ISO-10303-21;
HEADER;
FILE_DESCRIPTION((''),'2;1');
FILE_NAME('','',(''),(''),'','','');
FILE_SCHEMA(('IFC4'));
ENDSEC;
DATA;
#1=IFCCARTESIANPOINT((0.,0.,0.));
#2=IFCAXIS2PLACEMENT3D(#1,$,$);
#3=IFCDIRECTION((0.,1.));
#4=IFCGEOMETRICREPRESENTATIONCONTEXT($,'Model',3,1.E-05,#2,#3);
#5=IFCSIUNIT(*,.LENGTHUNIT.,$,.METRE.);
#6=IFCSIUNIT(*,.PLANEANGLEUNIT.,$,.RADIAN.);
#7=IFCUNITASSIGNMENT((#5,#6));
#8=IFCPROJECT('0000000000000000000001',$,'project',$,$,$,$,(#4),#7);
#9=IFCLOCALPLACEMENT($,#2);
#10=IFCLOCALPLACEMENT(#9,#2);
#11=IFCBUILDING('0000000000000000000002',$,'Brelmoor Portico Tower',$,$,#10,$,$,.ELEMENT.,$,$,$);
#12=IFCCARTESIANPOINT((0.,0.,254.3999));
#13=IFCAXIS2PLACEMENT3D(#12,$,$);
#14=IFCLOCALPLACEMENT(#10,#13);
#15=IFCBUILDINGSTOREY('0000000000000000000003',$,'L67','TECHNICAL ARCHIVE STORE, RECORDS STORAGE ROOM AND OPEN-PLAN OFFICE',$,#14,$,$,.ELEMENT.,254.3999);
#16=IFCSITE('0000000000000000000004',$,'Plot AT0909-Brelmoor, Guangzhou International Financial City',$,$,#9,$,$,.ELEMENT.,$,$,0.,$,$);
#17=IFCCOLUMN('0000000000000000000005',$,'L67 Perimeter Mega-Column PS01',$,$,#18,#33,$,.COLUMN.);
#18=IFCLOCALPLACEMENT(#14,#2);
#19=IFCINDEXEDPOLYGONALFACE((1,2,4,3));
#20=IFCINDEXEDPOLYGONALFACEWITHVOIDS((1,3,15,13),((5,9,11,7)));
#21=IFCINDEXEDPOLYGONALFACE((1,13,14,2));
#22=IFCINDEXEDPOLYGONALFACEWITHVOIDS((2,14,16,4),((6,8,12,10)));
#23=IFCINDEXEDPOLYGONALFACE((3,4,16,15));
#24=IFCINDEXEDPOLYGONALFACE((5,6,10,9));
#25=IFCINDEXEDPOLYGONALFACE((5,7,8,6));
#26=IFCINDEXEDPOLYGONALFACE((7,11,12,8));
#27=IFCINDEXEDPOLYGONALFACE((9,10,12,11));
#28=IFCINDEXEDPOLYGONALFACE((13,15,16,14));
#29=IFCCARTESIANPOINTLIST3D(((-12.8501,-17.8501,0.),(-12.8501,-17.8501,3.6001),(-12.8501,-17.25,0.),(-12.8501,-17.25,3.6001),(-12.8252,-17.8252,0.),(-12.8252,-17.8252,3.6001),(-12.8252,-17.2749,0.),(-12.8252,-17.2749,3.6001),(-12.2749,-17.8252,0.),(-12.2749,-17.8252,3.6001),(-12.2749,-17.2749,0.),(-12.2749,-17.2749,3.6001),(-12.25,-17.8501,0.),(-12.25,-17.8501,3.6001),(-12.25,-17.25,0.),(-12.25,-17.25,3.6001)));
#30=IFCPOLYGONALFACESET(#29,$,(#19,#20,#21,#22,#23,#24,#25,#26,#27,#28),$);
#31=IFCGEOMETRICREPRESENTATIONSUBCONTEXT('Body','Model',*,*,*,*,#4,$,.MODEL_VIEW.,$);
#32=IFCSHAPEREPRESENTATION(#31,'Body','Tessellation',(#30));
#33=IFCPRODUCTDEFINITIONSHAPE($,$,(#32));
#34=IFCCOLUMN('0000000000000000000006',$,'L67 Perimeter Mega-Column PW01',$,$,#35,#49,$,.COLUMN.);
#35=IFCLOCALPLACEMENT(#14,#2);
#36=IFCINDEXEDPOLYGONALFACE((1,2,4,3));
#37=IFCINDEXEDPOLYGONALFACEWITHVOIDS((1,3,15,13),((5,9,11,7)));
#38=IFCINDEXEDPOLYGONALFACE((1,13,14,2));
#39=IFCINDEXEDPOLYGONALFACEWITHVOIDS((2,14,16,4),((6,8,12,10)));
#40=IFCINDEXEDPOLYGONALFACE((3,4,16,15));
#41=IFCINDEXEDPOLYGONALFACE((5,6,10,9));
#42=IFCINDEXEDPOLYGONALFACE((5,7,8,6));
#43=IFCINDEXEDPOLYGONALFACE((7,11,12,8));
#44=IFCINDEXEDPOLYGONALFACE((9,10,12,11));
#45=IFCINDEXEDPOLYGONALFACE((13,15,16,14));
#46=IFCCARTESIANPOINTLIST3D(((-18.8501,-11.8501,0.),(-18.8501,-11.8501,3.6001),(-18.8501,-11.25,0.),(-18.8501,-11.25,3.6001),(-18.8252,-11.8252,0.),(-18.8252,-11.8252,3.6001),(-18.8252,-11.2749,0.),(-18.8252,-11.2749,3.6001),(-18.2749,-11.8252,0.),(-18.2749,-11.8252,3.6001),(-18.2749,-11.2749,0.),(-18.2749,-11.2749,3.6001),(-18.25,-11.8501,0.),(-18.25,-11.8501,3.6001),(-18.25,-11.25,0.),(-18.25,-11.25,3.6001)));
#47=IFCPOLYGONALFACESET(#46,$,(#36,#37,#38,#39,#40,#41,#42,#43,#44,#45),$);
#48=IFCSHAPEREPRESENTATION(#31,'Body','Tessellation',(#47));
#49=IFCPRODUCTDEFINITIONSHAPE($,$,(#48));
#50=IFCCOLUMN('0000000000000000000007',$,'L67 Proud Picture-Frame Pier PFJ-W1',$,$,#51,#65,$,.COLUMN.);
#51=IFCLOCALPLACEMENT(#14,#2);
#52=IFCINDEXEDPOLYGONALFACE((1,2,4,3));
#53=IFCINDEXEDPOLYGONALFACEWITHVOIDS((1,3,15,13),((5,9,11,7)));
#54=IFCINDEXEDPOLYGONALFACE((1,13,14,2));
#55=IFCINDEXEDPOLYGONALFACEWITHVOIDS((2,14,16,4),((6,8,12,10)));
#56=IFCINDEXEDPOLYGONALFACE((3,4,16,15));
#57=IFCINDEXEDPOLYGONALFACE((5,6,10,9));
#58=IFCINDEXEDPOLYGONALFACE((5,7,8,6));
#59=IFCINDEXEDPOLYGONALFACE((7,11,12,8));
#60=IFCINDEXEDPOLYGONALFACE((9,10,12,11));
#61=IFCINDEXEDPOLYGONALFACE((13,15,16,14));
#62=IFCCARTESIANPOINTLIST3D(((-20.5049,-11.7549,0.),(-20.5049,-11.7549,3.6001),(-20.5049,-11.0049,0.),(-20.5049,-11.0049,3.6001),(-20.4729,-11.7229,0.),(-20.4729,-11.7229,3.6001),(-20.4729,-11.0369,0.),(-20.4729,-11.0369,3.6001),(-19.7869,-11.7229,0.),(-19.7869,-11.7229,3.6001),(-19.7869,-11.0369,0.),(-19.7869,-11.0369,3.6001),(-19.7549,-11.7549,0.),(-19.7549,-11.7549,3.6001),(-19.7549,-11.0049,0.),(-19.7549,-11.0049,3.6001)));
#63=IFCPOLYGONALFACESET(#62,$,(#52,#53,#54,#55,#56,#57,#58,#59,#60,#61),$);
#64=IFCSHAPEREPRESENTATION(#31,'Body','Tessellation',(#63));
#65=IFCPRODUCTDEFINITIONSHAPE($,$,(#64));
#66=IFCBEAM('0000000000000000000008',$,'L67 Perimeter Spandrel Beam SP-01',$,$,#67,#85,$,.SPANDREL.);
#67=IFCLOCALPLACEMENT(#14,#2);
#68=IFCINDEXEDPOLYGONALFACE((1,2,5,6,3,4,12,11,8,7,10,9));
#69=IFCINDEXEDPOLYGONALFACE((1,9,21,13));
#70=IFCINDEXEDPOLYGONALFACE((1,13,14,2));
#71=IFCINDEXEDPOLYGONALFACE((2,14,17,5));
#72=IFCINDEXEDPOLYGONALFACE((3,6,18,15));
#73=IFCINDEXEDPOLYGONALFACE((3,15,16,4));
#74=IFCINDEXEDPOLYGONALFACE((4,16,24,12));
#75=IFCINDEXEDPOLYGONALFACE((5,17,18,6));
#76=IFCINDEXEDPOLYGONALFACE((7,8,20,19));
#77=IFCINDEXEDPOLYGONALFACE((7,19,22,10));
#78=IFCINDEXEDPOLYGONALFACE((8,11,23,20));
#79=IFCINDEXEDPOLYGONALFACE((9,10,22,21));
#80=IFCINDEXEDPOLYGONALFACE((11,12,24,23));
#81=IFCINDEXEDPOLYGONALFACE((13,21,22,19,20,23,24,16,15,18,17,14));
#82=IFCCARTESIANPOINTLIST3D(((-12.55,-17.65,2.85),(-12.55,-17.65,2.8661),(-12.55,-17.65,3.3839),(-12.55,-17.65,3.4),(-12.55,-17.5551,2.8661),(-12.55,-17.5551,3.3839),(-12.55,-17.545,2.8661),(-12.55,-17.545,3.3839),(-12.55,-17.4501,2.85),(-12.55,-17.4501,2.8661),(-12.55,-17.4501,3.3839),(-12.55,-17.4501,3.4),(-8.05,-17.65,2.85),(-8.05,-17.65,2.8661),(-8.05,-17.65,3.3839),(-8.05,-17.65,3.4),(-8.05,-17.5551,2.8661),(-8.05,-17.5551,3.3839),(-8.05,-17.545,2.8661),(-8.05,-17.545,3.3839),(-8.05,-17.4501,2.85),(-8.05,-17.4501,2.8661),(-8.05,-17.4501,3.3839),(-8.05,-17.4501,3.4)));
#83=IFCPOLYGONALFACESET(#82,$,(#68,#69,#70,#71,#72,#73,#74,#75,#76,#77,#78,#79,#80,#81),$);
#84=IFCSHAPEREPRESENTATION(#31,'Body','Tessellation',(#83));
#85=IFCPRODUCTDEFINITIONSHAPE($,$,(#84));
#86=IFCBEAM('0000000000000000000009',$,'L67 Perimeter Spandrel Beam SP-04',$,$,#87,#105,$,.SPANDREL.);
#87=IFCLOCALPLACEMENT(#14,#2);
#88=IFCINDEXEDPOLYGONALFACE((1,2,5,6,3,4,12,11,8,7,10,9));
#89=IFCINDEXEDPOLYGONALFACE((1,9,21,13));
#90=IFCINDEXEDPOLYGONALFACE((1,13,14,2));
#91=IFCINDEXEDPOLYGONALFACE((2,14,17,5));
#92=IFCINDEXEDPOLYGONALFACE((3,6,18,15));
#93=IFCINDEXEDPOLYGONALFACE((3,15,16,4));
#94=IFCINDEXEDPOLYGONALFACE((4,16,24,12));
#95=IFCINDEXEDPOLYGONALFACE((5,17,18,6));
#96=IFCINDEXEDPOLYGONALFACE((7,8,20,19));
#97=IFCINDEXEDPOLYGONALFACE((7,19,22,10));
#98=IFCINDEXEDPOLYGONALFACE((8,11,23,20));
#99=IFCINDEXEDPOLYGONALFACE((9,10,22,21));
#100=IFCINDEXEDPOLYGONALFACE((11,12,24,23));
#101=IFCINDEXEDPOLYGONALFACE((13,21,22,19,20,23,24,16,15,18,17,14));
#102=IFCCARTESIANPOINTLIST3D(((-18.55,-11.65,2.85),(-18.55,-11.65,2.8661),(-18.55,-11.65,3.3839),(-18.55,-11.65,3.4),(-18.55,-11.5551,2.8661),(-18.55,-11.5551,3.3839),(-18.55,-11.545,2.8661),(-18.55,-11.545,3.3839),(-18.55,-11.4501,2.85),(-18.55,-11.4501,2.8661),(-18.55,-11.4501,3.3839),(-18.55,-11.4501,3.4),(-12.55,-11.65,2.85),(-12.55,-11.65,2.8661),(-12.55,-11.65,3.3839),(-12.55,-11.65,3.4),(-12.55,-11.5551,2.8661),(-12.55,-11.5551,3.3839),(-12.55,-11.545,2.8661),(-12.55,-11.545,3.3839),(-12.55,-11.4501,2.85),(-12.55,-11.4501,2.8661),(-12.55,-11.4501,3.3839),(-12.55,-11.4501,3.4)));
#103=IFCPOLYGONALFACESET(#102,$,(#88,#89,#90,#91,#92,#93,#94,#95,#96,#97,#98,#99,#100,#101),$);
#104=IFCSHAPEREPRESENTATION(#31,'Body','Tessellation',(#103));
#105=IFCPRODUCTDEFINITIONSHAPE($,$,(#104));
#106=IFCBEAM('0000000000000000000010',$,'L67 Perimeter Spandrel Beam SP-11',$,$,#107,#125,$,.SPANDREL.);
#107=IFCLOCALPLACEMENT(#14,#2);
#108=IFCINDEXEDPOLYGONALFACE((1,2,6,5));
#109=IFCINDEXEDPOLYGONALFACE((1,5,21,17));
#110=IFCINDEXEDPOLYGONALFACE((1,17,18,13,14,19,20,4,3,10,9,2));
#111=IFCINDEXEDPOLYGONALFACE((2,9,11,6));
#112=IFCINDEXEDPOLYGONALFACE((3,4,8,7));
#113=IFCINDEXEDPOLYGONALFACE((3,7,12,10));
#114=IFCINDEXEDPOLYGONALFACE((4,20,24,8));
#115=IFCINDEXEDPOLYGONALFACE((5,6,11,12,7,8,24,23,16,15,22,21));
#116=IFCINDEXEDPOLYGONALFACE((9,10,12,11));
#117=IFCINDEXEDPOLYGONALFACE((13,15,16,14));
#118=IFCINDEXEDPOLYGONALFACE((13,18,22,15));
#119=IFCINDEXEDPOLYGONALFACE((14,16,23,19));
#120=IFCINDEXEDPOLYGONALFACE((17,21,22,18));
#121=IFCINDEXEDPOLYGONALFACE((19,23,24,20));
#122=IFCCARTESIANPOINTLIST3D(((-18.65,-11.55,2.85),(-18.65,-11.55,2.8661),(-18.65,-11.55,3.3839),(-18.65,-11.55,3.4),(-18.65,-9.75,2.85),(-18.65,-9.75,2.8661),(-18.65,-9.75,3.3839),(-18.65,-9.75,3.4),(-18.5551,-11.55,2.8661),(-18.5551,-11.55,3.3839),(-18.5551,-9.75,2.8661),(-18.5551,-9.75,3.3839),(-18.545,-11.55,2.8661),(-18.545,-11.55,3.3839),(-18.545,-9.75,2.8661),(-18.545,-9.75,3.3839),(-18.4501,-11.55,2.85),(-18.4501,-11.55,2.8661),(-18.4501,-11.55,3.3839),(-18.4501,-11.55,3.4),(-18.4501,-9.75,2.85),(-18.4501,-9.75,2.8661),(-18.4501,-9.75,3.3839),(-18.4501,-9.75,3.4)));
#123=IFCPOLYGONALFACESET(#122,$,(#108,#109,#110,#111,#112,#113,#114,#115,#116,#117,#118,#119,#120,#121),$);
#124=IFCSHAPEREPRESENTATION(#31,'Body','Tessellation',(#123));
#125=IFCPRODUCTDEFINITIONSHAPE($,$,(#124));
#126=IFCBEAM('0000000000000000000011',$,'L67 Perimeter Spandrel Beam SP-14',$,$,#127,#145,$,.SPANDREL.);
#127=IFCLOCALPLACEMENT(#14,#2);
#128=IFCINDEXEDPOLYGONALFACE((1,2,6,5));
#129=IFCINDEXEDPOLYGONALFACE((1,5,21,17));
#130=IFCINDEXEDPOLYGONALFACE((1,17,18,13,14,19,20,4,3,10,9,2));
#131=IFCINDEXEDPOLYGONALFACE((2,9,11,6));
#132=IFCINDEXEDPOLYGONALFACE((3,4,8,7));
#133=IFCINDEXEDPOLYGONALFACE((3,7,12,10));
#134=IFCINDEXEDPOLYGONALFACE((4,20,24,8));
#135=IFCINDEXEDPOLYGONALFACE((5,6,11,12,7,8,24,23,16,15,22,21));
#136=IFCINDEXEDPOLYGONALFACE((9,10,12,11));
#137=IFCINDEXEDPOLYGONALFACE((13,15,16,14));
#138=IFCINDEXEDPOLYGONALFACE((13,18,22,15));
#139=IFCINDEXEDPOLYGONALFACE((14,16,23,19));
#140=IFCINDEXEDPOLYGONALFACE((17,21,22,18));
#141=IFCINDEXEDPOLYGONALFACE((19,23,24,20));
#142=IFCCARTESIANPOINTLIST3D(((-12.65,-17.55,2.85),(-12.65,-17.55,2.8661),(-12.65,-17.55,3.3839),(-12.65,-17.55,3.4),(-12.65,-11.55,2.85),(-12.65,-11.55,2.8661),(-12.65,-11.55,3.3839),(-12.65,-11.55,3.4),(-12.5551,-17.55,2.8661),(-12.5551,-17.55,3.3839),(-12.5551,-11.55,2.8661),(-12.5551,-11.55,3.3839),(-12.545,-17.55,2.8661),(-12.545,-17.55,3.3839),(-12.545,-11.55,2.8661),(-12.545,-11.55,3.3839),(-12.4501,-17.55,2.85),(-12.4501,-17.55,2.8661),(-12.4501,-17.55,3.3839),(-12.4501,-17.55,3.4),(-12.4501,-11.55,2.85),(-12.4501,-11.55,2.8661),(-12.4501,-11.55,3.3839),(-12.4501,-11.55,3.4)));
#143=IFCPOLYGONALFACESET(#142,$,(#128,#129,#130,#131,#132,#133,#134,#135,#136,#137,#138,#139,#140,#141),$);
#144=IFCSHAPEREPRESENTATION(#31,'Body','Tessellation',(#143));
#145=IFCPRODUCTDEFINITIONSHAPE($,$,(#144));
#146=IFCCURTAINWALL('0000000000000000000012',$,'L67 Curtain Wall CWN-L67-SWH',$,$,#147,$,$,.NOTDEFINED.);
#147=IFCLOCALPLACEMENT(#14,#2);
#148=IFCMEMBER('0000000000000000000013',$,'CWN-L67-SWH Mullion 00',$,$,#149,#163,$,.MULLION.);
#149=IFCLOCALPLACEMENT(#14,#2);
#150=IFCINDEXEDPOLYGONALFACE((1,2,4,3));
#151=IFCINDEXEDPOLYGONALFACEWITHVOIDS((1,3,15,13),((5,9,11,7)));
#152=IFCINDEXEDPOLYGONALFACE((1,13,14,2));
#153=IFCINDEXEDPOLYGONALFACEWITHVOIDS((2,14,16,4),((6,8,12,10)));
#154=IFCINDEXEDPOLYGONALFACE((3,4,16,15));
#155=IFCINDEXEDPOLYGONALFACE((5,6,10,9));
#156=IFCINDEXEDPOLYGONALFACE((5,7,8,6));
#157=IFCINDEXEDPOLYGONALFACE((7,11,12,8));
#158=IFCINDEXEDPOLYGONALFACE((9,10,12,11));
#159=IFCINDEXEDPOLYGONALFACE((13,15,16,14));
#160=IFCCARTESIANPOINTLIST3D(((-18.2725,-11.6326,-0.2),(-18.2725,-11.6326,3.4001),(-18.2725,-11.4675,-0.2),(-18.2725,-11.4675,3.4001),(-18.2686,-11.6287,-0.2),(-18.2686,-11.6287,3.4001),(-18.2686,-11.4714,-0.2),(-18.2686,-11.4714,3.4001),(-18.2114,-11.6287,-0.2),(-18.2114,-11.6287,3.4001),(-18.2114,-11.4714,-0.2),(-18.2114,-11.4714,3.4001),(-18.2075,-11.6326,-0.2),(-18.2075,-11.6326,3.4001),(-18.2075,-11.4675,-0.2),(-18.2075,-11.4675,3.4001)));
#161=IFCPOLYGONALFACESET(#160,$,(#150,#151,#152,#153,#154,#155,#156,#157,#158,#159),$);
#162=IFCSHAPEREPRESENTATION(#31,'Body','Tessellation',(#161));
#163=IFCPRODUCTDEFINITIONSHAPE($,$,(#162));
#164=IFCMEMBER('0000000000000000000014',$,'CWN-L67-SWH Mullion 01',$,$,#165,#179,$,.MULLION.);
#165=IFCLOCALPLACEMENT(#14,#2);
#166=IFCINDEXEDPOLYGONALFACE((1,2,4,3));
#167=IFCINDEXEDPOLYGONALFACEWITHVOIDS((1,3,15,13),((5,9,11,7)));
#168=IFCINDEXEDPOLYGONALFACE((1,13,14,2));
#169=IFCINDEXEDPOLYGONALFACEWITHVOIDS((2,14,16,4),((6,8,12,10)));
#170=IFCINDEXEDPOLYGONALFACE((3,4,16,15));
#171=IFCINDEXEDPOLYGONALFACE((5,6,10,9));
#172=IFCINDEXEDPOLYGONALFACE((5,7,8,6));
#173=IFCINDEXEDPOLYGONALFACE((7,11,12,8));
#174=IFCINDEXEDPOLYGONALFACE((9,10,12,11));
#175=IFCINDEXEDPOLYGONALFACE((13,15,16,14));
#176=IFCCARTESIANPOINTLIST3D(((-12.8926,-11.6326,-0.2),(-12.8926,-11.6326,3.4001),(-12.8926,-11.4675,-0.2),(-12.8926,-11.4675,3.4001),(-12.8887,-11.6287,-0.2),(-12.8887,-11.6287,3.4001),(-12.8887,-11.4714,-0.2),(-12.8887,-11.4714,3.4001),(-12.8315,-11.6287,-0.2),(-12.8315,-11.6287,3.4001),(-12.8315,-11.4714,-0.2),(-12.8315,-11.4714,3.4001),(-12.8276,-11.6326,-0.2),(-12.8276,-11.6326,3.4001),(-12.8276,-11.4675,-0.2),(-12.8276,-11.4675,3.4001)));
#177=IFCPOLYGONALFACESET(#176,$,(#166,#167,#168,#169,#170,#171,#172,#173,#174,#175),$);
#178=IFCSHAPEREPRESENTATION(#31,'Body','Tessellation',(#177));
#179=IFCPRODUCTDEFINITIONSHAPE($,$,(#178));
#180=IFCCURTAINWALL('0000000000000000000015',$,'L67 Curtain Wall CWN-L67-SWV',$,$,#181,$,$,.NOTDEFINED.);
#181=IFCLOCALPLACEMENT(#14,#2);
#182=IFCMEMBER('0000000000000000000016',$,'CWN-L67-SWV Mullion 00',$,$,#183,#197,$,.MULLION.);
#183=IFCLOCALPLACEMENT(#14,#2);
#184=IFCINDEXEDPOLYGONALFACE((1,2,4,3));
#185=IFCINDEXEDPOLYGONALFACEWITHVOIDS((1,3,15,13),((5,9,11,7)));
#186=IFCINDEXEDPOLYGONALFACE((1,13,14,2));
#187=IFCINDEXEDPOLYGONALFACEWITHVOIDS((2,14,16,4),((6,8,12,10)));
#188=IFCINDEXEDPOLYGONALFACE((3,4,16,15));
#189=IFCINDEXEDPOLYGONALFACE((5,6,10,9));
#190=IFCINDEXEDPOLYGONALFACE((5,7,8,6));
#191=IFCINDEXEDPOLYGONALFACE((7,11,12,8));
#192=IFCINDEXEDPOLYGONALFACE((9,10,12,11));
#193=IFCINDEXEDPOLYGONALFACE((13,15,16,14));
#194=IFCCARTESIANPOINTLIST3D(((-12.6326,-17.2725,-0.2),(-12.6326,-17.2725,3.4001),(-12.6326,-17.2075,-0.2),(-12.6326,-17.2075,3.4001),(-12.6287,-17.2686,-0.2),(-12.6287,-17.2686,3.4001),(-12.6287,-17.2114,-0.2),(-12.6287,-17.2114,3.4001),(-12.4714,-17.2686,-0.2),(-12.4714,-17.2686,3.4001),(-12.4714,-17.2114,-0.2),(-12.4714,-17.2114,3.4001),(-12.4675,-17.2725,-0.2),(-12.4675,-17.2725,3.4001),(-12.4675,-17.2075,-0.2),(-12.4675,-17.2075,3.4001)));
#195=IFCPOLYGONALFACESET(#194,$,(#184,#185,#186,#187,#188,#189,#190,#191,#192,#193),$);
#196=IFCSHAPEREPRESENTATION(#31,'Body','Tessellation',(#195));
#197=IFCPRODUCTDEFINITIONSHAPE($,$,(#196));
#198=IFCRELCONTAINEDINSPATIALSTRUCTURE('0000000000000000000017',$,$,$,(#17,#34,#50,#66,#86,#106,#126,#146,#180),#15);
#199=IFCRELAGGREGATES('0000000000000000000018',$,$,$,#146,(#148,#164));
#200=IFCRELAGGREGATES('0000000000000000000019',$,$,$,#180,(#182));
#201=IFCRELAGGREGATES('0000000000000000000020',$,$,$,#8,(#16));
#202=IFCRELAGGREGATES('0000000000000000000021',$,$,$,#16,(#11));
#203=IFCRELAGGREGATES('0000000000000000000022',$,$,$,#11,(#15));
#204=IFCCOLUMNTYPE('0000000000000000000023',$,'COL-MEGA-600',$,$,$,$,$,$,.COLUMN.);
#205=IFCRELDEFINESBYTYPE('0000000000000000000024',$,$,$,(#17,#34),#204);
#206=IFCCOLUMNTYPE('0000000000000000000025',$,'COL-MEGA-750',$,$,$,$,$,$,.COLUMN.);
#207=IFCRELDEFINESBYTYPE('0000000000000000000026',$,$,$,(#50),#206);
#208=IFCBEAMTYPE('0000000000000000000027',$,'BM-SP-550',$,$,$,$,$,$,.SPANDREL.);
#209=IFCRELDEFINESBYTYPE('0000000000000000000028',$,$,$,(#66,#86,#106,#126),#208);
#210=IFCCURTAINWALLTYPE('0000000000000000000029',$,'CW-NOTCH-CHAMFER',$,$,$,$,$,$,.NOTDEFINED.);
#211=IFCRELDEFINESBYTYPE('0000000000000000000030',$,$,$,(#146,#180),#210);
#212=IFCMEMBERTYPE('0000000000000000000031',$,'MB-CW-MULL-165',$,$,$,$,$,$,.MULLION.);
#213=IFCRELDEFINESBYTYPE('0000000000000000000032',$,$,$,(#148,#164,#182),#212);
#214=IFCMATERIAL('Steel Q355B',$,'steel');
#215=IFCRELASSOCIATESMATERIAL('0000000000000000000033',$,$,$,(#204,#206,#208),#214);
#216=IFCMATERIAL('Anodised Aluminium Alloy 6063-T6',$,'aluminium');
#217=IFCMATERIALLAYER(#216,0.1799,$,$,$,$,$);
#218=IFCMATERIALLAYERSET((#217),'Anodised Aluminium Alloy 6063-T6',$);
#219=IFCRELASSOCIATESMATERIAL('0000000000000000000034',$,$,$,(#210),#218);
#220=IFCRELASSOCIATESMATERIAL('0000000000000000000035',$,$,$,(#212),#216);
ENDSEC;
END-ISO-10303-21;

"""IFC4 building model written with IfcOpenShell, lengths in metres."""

from ifc_helpers import new_model, si_unit, direction, frame, origin, origin_2d, place, context, subcontext, project, spatial, hollow_rectangle, i_section, extrude, material, layer, layer_set, material_profile, profile_set, type_object, element, aggregate, save


model = new_model("IFC4")

# Units and contexts
model_context = context("Model", 3, precision=1e-05, world=origin(), true_north=direction((0.0, 1.0)))
body_context = subcontext(model_context, "Body", "Model", "MODEL_VIEW")
ifc_project = project(units=[si_unit("LENGTHUNIT", "METRE"), si_unit("PLANEANGLEUNIT", "RADIAN")], contexts=[model_context])

# Site, building, storey
site_placement = place(None, origin())
site = spatial("IfcSite", under=ifc_project, at=site_placement, Name="Plot AT0909-Brelmoor, Guangzhou International Financial City", CompositionType="ELEMENT", RefElevation=0.0)
building_placement = place(site_placement, origin())
building = spatial("IfcBuilding", under=site, at=building_placement, Name="Brelmoor Portico Tower", CompositionType="ELEMENT")
storey_placement = place(building_placement, frame((0.0, 0.0, 254.3999)))
storey = spatial("IfcBuildingStorey", under=building, at=storey_placement, Name="L67", Description="TECHNICAL ARCHIVE STORE, RECORDS STORAGE ROOM AND OPEN-PLAN OFFICE", CompositionType="ELEMENT", Elevation=254.3999)

# Columns
ifc_material_1 = material(Name="Steel Q355B", Category="steel")
ifc_material_profile_1 = material_profile(ifc_material_1, hollow_rectangle(XDim=0.6001, YDim=0.6001, WallThickness=0.0249, at=origin_2d()), Name="BOX 600x600x25")
ifc_profile_set_1 = profile_set([ifc_material_profile_1], Name="Steel Q355B")
column_type_1 = type_object("IfcColumnType", Name="COL-MEGA-600", PredefinedType="COLUMN", material=ifc_profile_set_1)
for number, where, z_axis, x_axis, name in (
    (1, (-12.55, -17.55, 0.0), (0.0, 0.0, 1.0), (1.0, 0.0, 0.0), "L67 Perimeter Mega-Column PS01"),
    (2, (-18.55, -11.55, 0.0), (0.0, 0.0, 1.0), (0.0, 1.0, 0.0), "L67 Perimeter Mega-Column PW01"),
):
    element("IfcColumn", number, at=place(storey_placement, frame(where, z_axis=z_axis, x_axis=x_axis)), inside=storey, type_object=column_type_1, Name=name, PredefinedType="COLUMN", context=body_context, shape_type="SweptSolid", body=[
        extrude(hollow_rectangle(XDim=0.6001, YDim=0.6001, WallThickness=0.0249, at=origin_2d()), origin(), (0.0, 0.0, 1.0), 3.6001),
    ])
ifc_material_profile_2 = material_profile(ifc_material_1, hollow_rectangle(XDim=0.75, YDim=0.75, WallThickness=0.032, at=origin_2d()), Name="BOX 750x750x32")
ifc_profile_set_2 = profile_set([ifc_material_profile_2], Name="Steel Q355B")
column_type_2 = type_object("IfcColumnType", Name="COL-MEGA-750", PredefinedType="COLUMN", material=ifc_profile_set_2)
column_placement = place(storey_placement, frame((-20.1299, -11.3799, 0.0), z_axis=(0.0, 0.0, 1.0), x_axis=(0.0, 1.0, 0.0)))
element("IfcColumn", 3, at=column_placement, inside=storey, type_object=column_type_2, Name="L67 Proud Picture-Frame Pier PFJ-W1", PredefinedType="COLUMN", context=body_context, shape_type="SweptSolid", body=[
    extrude(hollow_rectangle(XDim=0.75, YDim=0.75, WallThickness=0.032, at=origin_2d()), origin(), (0.0, 0.0, 1.0), 3.6001),
])

# Beams
ifc_material_profile_3 = material_profile(ifc_material_1, i_section(OverallWidth=0.2, OverallDepth=0.55, WebThickness=0.01, FlangeThickness=0.0161, at=origin_2d()), Name="HN 550x200x10x16")
ifc_profile_set_3 = profile_set([ifc_material_profile_3], Name="Steel Q355B")
beam_type = type_object("IfcBeamType", Name="BM-SP-550", PredefinedType="SPANDREL", material=ifc_profile_set_3)
beam_1_placement = place(storey_placement, frame((-12.55, -17.55, 3.125), z_axis=(1.0, 0.0, 0.0), x_axis=(0.0, 1.0, 0.0)))
element("IfcBeam", 4, at=beam_1_placement, inside=storey, type_object=beam_type, Name="L67 Perimeter Spandrel Beam SP-01", PredefinedType="SPANDREL", context=body_context, shape_type="SweptSolid", body=[
    extrude(i_section(OverallWidth=0.2, OverallDepth=0.55, WebThickness=0.01, FlangeThickness=0.0161, at=origin_2d()), origin(), (0.0, 0.0, 1.0), 4.5),
])
beam_2_placement = place(storey_placement, frame((-18.55, -11.55, 3.125), z_axis=(1.0, 0.0, 0.0), x_axis=(0.0, 1.0, 0.0)))
element("IfcBeam", 5, at=beam_2_placement, inside=storey, type_object=beam_type, Name="L67 Perimeter Spandrel Beam SP-04", PredefinedType="SPANDREL", context=body_context, shape_type="SweptSolid", body=[
    extrude(i_section(OverallWidth=0.2, OverallDepth=0.55, WebThickness=0.01, FlangeThickness=0.0161, at=origin_2d()), origin(), (0.0, 0.0, 1.0), 6.0),
])
beam_3_placement = place(storey_placement, frame((-18.55, -11.55, 3.125), z_axis=(0.0, 1.0, 0.0), x_axis=(-1.0, 0.0, 0.0)))
element("IfcBeam", 6, at=beam_3_placement, inside=storey, type_object=beam_type, Name="L67 Perimeter Spandrel Beam SP-11", PredefinedType="SPANDREL", context=body_context, shape_type="SweptSolid", body=[
    extrude(i_section(OverallWidth=0.2, OverallDepth=0.55, WebThickness=0.01, FlangeThickness=0.0161, at=origin_2d()), origin(), (0.0, 0.0, 1.0), 1.8),
])
beam_4_placement = place(storey_placement, frame((-12.55, -17.55, 3.125), z_axis=(0.0, 1.0, 0.0), x_axis=(-1.0, 0.0, 0.0)))
element("IfcBeam", 7, at=beam_4_placement, inside=storey, type_object=beam_type, Name="L67 Perimeter Spandrel Beam SP-14", PredefinedType="SPANDREL", context=body_context, shape_type="SweptSolid", body=[
    extrude(i_section(OverallWidth=0.2, OverallDepth=0.55, WebThickness=0.01, FlangeThickness=0.0161, at=origin_2d()), origin(), (0.0, 0.0, 1.0), 6.0),
])

# Curtain wall, members
ifc_material_2 = material(Name="Anodised Aluminium Alloy 6063-T6", Category="aluminium")
ifc_layer_1 = layer(ifc_material_2, 0.1799)
ifc_layer_set_1 = layer_set([ifc_layer_1], Name="Anodised Aluminium Alloy 6063-T6")
curtain_wall_type = type_object("IfcCurtainWallType", Name="CW-NOTCH-CHAMFER", PredefinedType="NOTDEFINED", material=ifc_layer_set_1)
curtain_wall_1_placement = place(storey_placement, origin())
curtain_wall_1 = element("IfcCurtainWall", 8, at=curtain_wall_1_placement, inside=storey, type_object=curtain_wall_type, Name="L67 Curtain Wall CWN-L67-SWH", PredefinedType="NOTDEFINED")
ifc_material_profile_4 = material_profile(ifc_material_2, hollow_rectangle(XDim=0.0649, YDim=0.165, WallThickness=0.0039, at=origin_2d()), Name="ALU MULLION 65x165")
ifc_profile_set_4 = profile_set([ifc_material_profile_4], Name="Anodised Aluminium Alloy 6063-T6")
member_type_1 = type_object("IfcMemberType", Name="MB-CW-MULL-165", PredefinedType="MULLION", material=ifc_profile_set_4)
member_1_placement = place(storey_placement, frame((-18.24, -11.55, -0.2), z_axis=(0.0, 0.0, 1.0), x_axis=(1.0, 0.0, 0.0)))
member_1 = element("IfcMember", 9, at=member_1_placement, type_object=member_type_1, Name="CWN-L67-SWH Mullion 00", PredefinedType="MULLION", context=body_context, shape_type="SweptSolid", body=[
    extrude(hollow_rectangle(XDim=0.0649, YDim=0.165, WallThickness=0.0039, at=origin_2d()), origin(), (0.0, 0.0, 1.0), 3.6001),
])
member_2_placement = place(storey_placement, frame((-12.8601, -11.55, -0.2), z_axis=(0.0, 0.0, 1.0), x_axis=(1.0, 0.0, 0.0)))
member_2 = element("IfcMember", 10, at=member_2_placement, type_object=member_type_1, Name="CWN-L67-SWH Mullion 01", PredefinedType="MULLION", context=body_context, shape_type="SweptSolid", body=[
    extrude(hollow_rectangle(XDim=0.0649, YDim=0.165, WallThickness=0.0039, at=origin_2d()), origin(), (0.0, 0.0, 1.0), 3.6001),
])

# Curtain wall, member
curtain_wall_2_placement = place(storey_placement, origin())
curtain_wall_2 = element("IfcCurtainWall", 11, at=curtain_wall_2_placement, inside=storey, type_object=curtain_wall_type, Name="L67 Curtain Wall CWN-L67-SWV", PredefinedType="NOTDEFINED")
member_3_placement = place(storey_placement, frame((-12.55, -17.24, -0.2), z_axis=(0.0, 0.0, 1.0), x_axis=(0.0, 1.0, 0.0)))
member_3 = element("IfcMember", 12, at=member_3_placement, type_object=member_type_1, Name="CWN-L67-SWV Mullion 00", PredefinedType="MULLION", context=body_context, shape_type="SweptSolid", body=[
    extrude(hollow_rectangle(XDim=0.0649, YDim=0.165, WallThickness=0.0039, at=origin_2d()), origin(), (0.0, 0.0, 1.0), 3.6001),
])

aggregate(curtain_wall_1, [member_1, member_2])
aggregate(curtain_wall_2, [member_3])

save(model, "model.ifc")
